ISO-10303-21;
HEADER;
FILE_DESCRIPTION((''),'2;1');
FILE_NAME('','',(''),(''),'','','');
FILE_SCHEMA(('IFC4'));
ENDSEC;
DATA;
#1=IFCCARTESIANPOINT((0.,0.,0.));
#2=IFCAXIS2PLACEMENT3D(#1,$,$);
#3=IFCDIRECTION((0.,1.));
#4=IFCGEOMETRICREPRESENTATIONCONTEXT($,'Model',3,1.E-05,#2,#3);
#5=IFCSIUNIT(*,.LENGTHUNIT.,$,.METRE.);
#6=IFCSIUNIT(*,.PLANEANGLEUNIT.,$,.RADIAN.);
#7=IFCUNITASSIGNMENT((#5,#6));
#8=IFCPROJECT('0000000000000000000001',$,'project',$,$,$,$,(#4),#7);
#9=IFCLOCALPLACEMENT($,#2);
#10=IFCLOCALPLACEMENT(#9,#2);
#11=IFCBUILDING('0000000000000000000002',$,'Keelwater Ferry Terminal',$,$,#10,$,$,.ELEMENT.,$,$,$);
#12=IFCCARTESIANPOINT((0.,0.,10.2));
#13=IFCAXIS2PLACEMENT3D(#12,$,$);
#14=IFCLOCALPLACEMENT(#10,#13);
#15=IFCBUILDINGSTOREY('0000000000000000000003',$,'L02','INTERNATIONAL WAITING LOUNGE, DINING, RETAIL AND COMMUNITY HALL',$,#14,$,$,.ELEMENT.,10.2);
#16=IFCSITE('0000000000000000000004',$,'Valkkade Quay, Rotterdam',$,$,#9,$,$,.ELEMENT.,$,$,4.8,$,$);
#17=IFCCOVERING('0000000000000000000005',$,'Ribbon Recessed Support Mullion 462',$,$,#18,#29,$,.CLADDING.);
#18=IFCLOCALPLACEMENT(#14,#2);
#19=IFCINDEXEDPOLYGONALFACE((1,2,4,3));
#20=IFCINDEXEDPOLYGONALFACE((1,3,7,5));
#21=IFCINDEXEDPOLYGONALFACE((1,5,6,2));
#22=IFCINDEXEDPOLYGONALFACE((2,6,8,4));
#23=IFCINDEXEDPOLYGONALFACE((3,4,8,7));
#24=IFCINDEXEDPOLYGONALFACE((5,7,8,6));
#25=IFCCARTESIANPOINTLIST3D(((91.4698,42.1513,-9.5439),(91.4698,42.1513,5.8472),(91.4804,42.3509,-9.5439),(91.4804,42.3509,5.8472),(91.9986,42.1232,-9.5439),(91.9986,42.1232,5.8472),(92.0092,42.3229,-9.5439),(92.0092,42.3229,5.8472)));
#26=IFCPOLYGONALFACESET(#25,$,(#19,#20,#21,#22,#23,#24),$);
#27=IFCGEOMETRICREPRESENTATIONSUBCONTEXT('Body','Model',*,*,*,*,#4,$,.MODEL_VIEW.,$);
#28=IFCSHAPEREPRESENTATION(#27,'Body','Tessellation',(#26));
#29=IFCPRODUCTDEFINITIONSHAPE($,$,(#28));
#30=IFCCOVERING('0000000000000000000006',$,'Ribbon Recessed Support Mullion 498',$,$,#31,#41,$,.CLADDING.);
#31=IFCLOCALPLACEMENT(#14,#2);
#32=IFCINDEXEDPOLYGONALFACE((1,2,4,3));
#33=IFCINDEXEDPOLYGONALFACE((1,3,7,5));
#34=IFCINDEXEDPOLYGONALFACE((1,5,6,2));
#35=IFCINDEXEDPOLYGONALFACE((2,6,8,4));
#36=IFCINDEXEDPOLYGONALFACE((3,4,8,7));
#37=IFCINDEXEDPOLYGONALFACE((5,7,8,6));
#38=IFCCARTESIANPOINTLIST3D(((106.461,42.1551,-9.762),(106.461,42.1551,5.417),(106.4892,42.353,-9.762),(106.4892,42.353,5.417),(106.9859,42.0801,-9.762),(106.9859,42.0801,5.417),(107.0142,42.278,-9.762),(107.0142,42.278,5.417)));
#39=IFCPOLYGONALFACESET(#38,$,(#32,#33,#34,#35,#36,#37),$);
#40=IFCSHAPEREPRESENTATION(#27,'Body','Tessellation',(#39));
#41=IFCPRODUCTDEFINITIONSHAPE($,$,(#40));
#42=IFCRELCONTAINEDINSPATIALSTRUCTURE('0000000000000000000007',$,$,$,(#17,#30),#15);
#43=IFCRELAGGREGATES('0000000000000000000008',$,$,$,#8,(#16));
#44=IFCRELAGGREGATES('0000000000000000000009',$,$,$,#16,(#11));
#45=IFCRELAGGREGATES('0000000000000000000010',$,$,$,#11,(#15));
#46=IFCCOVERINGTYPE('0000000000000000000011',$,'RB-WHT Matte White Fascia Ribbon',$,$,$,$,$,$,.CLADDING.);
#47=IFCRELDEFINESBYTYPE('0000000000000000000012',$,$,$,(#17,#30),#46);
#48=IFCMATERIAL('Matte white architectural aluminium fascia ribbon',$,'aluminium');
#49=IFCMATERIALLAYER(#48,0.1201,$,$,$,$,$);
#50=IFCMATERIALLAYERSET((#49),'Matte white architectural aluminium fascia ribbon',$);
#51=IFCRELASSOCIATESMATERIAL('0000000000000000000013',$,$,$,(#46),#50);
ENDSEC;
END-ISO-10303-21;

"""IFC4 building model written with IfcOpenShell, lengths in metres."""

from ifc_helpers import new_model, si_unit, direction, frame, origin, place, context, subcontext, project, spatial, polyline, outline, extrude, material, layer, layer_set, type_object, element, save


model = new_model("IFC4")

# Units and contexts
model_context = context("Model", 3, precision=1e-05, world=origin(), true_north=direction((0.0, 1.0)))
body_context = subcontext(model_context, "Body", "Model", "MODEL_VIEW")
ifc_project = project(units=[si_unit("LENGTHUNIT", "METRE"), si_unit("PLANEANGLEUNIT", "RADIAN")], contexts=[model_context])

# Site, building, storey
site_placement = place(None, origin())
site = spatial("IfcSite", under=ifc_project, at=site_placement, Name="Valkkade Quay, Rotterdam", CompositionType="ELEMENT", RefElevation=4.8)
building_placement = place(site_placement, origin())
building = spatial("IfcBuilding", under=site, at=building_placement, Name="Keelwater Ferry Terminal", CompositionType="ELEMENT")
storey_placement = place(building_placement, frame((0.0, 0.0, 10.2)))
storey = spatial("IfcBuildingStorey", under=building, at=storey_placement, Name="L02", Description="INTERNATIONAL WAITING LOUNGE, DINING, RETAIL AND COMMUNITY HALL", CompositionType="ELEMENT", Elevation=10.2)

# Coverings
ifc_material_1 = material(Name="Matte white architectural aluminium fascia ribbon", Category="aluminium")
ifc_layer_1 = layer(ifc_material_1, 0.1201)
ifc_layer_set_1 = layer_set([ifc_layer_1], Name="Matte white architectural aluminium fascia ribbon")
covering_type = type_object("IfcCoveringType", Name="RB-WHT Matte White Fascia Ribbon", PredefinedType="CLADDING", material=ifc_layer_set_1)
covering_1_placement = place(storey_placement, frame((91.4751, 42.251, -9.5439), z_axis=(0.0, 0.0, 1.0), x_axis=(0.998594, -0.053019, 0.0)))
element("IfcCovering", 1, at=covering_1_placement, inside=storey, type_object=covering_type, Name="Ribbon Recessed Support Mullion 462", PredefinedType="CLADDING", context=body_context, shape_type="SweptSolid", body=[
    extrude(outline(polyline([(0.0, 0.0), (0.5295, 0.0), (0.5295, 15.3911), (0.0, 15.3911), (0.0, 0.0)])), frame((0.0, 0.1001, 0.0), z_axis=(0.0, -1.0, 0.0), x_axis=(1.0, 0.0, 0.0)), (0.0, 0.0, 1.0), 0.2),
])
covering_2_placement = place(storey_placement, frame((106.4751, 42.2539, -9.762), z_axis=(0.0, 0.0, 1.0), x_axis=(0.989959, -0.141357, 0.0)))
element("IfcCovering", 2, at=covering_2_placement, inside=storey, type_object=covering_type, Name="Ribbon Recessed Support Mullion 498", PredefinedType="CLADDING", context=body_context, shape_type="SweptSolid", body=[
    extrude(outline(polyline([(0.0, 0.0), (0.5303, 0.0), (0.5303, 15.179), (0.0, 15.179), (0.0, 0.0)])), frame((0.0, 0.1001, 0.0), z_axis=(0.0, -1.0, 0.0), x_axis=(1.0, 0.0, 0.0)), (0.0, 0.0, 1.0), 0.2),
])

save(model, "model.ifc")
